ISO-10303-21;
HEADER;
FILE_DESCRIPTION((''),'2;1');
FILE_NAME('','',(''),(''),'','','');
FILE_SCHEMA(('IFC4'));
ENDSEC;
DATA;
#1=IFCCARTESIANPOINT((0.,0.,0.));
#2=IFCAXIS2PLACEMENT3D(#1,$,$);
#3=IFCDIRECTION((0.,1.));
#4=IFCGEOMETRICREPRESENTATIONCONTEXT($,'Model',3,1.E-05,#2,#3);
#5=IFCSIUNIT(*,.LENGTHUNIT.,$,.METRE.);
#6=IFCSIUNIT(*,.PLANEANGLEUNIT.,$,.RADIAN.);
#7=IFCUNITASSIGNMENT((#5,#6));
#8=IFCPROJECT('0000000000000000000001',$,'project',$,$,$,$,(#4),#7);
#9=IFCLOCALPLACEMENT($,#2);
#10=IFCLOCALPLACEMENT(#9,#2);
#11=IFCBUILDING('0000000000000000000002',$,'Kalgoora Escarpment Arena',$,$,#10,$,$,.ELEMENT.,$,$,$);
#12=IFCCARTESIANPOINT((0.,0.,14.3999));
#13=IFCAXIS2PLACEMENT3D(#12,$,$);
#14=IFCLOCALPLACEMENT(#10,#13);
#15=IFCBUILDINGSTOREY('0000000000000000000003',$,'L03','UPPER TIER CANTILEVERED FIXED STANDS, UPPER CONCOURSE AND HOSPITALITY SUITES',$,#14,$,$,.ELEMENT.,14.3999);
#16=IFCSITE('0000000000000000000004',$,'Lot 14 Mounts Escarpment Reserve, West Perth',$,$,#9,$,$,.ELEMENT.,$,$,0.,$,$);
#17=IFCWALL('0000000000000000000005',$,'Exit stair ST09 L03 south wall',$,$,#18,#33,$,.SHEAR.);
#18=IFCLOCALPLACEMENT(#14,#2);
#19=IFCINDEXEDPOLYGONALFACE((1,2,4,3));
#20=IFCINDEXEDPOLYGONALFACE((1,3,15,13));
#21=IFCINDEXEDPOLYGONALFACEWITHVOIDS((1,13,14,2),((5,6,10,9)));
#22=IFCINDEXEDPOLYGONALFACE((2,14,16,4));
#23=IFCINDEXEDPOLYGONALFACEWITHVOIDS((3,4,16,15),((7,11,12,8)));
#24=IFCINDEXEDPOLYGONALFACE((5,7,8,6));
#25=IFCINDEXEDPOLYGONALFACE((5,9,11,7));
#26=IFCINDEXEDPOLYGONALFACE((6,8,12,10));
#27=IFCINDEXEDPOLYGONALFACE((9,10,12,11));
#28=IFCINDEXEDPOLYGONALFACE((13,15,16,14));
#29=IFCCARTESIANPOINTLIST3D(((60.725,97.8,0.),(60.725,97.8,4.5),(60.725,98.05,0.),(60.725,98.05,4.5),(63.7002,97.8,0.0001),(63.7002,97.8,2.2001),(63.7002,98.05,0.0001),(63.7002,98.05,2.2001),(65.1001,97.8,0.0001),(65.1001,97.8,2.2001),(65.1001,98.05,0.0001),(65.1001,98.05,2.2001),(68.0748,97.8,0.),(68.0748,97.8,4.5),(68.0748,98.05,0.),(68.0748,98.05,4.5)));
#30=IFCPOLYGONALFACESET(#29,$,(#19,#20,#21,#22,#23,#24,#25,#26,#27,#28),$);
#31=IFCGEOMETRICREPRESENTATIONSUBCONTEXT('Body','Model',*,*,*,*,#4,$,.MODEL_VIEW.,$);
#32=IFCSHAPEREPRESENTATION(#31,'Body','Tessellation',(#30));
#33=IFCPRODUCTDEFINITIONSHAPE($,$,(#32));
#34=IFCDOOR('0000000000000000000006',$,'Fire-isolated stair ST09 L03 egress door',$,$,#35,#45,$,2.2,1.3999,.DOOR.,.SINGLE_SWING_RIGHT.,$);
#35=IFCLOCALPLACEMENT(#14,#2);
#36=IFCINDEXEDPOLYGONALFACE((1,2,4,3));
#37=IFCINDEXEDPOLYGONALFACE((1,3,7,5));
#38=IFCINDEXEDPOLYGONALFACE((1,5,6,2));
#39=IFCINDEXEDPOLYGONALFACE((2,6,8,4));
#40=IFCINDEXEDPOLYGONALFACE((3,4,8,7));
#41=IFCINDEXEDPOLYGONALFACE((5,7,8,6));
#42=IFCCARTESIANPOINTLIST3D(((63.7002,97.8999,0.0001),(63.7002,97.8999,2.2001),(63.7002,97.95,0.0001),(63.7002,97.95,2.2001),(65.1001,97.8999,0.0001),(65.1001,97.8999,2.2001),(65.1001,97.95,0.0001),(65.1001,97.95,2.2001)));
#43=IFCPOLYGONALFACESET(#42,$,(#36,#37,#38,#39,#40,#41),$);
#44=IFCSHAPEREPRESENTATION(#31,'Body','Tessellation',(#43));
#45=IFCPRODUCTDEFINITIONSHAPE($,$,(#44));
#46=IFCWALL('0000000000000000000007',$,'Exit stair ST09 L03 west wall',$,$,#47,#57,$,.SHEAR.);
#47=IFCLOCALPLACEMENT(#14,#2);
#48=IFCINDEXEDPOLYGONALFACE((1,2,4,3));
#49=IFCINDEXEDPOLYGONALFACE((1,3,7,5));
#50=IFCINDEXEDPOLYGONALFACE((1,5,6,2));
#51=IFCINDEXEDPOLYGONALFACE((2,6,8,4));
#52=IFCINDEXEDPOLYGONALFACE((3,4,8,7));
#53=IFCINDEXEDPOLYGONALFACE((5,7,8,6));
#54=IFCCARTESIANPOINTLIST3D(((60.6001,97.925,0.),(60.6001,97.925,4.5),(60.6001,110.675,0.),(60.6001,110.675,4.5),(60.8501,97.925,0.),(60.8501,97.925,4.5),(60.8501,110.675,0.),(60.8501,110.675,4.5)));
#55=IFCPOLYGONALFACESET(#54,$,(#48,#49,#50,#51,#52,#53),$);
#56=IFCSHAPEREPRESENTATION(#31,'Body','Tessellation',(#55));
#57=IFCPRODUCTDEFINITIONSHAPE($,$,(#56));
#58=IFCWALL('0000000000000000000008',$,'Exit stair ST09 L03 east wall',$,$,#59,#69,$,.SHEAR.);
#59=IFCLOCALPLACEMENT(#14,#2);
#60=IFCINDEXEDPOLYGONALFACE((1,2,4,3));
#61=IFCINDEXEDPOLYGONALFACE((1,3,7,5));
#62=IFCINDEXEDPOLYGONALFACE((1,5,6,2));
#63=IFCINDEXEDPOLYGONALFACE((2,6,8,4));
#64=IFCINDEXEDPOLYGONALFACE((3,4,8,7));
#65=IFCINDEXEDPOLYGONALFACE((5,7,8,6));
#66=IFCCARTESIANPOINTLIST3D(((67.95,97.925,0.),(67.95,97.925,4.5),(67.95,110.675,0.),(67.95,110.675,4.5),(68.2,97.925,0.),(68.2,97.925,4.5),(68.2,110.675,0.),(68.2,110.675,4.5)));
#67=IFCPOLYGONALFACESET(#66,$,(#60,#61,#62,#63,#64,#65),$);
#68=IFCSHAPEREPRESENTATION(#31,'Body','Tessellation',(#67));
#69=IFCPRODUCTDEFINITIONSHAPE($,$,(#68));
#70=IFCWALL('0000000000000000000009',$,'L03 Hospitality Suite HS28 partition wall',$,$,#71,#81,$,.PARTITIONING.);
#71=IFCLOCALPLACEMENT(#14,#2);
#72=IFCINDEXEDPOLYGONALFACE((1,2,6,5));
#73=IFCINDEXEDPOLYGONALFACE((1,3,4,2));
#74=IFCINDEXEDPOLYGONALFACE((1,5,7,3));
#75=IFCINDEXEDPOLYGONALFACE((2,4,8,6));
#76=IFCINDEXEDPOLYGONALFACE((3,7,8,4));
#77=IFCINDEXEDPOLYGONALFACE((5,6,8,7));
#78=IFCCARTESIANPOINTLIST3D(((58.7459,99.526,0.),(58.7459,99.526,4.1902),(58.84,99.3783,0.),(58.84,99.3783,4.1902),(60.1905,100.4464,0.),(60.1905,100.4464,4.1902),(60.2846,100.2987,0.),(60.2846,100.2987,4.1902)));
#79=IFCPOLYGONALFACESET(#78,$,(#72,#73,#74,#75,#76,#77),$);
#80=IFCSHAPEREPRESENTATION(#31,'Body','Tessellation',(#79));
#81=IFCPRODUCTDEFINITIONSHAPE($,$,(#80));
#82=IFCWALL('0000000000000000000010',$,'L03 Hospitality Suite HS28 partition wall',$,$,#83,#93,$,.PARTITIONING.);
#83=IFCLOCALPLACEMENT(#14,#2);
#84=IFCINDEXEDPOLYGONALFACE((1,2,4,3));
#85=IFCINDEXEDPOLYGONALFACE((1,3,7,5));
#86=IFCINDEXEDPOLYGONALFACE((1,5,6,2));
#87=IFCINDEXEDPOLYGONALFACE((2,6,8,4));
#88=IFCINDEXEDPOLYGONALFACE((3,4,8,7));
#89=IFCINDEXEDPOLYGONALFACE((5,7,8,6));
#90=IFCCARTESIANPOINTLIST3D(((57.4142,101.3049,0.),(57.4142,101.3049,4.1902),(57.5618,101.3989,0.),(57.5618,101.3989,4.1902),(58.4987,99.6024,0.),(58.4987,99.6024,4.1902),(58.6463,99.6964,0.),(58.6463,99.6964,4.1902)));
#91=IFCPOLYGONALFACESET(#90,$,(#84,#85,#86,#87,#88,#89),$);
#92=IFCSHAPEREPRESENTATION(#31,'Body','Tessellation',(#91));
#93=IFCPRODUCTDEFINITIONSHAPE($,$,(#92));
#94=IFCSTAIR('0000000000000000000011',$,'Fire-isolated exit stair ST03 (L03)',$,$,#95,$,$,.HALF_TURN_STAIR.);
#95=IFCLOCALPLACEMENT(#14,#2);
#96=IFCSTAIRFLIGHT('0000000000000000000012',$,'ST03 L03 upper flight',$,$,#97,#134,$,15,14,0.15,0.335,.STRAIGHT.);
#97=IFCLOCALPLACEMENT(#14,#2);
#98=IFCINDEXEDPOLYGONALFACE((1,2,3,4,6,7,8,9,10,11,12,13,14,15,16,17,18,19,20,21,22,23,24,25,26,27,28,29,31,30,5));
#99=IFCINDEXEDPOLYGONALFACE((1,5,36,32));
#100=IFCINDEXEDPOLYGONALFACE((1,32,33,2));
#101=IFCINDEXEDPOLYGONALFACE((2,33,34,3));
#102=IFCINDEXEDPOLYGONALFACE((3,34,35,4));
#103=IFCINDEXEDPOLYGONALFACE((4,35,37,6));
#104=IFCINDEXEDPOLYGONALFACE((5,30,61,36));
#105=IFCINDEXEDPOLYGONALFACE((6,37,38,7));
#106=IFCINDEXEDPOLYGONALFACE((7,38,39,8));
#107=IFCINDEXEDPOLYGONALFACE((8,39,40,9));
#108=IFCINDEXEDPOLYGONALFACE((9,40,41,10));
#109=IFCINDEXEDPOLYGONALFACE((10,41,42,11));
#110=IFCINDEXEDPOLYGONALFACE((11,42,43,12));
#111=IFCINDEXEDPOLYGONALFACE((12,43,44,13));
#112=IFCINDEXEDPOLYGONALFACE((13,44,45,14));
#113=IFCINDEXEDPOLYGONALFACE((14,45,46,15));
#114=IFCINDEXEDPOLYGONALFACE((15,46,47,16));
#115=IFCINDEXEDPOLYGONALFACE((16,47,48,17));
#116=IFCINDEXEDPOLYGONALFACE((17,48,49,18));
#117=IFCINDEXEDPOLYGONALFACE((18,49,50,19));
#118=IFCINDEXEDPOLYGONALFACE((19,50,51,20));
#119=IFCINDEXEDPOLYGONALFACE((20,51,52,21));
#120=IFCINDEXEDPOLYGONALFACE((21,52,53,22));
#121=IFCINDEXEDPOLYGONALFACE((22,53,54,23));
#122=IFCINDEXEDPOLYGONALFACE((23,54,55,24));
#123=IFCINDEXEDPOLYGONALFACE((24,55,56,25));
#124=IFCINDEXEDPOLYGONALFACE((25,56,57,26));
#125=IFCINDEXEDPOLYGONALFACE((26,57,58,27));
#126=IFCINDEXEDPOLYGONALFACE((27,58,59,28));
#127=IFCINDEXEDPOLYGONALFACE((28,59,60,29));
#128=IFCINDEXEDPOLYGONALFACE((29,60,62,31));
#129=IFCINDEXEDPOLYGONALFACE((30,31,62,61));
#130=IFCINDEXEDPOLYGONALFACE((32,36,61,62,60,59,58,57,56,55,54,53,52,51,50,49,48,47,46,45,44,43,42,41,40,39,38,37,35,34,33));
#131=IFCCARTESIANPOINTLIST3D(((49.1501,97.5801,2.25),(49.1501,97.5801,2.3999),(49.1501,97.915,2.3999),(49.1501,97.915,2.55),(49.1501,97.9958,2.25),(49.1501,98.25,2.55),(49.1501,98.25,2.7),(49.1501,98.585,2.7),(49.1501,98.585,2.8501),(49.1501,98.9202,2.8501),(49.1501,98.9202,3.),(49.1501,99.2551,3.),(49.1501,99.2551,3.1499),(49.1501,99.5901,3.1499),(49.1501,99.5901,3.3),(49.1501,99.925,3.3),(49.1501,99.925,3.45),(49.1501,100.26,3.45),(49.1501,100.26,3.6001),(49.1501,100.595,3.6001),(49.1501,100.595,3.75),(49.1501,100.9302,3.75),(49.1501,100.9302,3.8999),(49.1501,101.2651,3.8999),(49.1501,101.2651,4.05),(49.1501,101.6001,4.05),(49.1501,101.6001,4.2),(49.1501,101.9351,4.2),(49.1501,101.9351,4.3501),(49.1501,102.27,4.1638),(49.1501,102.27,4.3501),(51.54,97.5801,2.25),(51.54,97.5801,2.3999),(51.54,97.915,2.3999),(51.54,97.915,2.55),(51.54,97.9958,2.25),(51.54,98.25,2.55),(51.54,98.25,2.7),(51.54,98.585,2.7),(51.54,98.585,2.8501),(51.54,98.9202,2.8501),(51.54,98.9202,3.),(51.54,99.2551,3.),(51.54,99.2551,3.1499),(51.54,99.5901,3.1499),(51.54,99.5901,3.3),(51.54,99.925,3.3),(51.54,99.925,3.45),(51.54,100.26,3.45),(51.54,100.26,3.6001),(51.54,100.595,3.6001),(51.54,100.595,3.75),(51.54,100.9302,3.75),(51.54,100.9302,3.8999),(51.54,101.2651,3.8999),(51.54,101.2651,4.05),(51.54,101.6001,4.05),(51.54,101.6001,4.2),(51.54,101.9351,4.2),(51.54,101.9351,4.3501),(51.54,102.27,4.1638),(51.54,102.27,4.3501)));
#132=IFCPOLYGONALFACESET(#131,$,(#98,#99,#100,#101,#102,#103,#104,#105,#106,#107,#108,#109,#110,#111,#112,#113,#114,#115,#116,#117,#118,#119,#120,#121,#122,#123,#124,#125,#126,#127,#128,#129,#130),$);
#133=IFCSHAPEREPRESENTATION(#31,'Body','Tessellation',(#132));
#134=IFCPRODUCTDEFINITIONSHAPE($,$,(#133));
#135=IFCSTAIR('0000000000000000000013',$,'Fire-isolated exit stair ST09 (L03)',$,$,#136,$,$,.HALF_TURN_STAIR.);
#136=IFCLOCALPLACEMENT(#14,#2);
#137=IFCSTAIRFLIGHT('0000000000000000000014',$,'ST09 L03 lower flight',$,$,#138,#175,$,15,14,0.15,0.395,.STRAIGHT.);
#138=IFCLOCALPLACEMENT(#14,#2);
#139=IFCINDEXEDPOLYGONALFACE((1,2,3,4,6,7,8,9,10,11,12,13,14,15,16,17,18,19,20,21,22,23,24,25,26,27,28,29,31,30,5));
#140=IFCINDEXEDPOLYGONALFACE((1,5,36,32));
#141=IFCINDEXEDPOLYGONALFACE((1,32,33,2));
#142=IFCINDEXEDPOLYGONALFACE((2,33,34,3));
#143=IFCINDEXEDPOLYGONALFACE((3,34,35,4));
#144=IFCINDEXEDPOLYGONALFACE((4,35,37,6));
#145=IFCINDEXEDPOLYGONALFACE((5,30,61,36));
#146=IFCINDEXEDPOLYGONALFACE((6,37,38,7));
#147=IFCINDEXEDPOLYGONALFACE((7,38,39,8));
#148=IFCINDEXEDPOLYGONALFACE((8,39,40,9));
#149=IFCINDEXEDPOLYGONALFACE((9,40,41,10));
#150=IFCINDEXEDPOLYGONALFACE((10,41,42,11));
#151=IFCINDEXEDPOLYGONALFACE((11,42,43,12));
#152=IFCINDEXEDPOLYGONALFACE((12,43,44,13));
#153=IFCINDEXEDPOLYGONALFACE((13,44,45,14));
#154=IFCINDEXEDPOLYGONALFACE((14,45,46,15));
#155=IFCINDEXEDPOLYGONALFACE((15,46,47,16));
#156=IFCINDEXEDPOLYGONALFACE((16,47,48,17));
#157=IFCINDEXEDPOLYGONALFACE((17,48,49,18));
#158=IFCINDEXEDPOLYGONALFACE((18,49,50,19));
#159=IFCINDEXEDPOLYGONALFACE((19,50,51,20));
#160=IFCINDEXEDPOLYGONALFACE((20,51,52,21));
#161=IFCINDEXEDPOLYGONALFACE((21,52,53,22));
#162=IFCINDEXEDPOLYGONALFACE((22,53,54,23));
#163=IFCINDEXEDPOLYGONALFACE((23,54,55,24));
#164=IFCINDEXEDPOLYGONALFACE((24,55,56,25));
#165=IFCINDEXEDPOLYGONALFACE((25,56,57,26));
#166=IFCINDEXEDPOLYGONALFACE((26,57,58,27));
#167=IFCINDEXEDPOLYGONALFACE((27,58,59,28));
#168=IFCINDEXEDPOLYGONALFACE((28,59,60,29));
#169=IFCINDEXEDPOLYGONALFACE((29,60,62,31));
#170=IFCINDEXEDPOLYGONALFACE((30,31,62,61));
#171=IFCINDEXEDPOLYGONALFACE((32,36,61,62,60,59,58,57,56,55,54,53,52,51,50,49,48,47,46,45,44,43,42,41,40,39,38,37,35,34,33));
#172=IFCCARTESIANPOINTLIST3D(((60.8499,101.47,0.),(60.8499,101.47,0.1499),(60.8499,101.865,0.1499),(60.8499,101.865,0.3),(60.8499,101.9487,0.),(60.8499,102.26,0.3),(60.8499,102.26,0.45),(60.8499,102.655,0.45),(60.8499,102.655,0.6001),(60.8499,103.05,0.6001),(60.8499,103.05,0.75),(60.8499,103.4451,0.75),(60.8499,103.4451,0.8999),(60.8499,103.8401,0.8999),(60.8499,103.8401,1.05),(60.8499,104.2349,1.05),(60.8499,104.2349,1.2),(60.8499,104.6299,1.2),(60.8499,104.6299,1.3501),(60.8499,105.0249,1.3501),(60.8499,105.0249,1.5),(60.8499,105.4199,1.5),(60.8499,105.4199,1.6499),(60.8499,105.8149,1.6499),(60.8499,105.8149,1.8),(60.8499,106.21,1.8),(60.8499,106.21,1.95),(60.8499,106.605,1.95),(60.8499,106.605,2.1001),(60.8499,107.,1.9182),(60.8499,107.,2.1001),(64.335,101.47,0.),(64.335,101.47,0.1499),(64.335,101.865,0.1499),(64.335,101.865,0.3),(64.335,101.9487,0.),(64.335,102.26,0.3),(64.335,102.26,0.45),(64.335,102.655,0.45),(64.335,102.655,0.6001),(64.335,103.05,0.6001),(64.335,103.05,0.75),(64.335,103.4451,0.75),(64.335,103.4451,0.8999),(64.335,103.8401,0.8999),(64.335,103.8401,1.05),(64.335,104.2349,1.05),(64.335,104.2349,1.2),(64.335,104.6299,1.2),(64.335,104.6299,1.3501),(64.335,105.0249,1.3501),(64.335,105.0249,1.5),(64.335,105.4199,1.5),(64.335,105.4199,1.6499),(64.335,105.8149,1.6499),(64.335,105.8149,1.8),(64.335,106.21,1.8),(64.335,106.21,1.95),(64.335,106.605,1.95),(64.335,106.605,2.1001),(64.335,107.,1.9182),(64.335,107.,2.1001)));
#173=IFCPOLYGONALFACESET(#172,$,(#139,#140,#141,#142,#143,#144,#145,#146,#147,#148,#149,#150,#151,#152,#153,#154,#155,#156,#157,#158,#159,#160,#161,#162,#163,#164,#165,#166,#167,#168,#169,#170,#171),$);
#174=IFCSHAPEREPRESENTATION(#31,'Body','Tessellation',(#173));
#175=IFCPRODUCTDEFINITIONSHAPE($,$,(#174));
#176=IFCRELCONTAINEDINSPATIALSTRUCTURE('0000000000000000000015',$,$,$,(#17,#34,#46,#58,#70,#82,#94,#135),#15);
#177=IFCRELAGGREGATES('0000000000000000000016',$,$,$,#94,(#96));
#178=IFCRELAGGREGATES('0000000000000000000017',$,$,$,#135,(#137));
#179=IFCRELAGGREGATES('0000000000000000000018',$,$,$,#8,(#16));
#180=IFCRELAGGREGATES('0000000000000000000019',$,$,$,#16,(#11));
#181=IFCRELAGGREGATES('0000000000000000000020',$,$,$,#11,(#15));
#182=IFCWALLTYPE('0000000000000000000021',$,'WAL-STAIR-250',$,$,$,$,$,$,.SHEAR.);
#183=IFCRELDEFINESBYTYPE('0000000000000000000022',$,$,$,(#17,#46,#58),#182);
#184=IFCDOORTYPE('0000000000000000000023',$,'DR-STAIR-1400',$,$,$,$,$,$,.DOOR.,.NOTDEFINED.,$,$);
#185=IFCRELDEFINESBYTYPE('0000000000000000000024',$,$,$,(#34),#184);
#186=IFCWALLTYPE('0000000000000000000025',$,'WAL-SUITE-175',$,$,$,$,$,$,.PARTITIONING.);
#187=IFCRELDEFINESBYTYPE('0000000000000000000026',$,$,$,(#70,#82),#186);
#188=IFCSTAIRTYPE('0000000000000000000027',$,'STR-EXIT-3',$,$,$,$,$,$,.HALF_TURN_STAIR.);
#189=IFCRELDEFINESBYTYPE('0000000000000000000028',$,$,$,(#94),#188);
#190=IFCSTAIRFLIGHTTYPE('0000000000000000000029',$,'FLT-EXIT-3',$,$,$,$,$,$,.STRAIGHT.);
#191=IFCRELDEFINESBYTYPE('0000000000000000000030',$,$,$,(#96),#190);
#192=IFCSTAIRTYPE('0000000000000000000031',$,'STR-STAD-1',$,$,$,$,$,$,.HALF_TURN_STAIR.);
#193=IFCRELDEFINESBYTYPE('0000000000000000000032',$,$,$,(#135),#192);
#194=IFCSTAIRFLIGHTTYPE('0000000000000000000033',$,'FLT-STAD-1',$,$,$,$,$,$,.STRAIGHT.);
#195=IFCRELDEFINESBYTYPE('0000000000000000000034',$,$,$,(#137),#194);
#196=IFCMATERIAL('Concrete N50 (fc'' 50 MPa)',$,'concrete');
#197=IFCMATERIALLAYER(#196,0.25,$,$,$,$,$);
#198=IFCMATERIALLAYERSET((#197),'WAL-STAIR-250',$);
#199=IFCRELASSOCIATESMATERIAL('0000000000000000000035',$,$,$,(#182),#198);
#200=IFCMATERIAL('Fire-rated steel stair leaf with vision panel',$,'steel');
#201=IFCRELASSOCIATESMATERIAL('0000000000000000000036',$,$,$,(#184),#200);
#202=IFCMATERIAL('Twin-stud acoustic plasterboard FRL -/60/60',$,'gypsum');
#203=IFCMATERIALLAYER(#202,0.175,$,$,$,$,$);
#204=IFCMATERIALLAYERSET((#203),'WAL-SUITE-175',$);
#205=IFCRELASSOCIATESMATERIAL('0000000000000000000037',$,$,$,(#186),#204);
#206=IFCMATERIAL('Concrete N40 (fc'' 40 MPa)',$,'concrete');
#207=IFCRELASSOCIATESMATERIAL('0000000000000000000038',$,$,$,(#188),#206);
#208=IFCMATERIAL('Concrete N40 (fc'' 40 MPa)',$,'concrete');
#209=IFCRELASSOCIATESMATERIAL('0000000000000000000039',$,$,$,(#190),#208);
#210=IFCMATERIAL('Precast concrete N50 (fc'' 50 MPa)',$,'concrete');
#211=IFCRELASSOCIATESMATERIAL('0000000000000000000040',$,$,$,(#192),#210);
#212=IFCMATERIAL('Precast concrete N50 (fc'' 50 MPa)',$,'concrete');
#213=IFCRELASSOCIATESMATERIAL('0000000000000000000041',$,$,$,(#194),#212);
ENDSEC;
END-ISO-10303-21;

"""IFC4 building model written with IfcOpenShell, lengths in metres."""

from ifc_helpers import new_model, si_unit, direction, frame, frame_2d, origin, place, context, subcontext, project, spatial, polyline, rectangle, outline, extrude, material, layer, layer_set, type_object, element, fill, aggregate, save


model = new_model("IFC4")

# Units and contexts
model_context = context("Model", 3, precision=1e-05, world=origin(), true_north=direction((0.0, 1.0)))
body_context = subcontext(model_context, "Body", "Model", "MODEL_VIEW")
ifc_project = project(units=[si_unit("LENGTHUNIT", "METRE"), si_unit("PLANEANGLEUNIT", "RADIAN")], contexts=[model_context])

# Site, building, storey
site_placement = place(None, origin())
site = spatial("IfcSite", under=ifc_project, at=site_placement, Name="Lot 14 Mounts Escarpment Reserve, West Perth", CompositionType="ELEMENT", RefElevation=0.0)
building_placement = place(site_placement, origin())
building = spatial("IfcBuilding", under=site, at=building_placement, Name="Kalgoora Escarpment Arena", CompositionType="ELEMENT")
storey_placement = place(building_placement, frame((0.0, 0.0, 14.3999)))
storey = spatial("IfcBuildingStorey", under=building, at=storey_placement, Name="L03", Description="UPPER TIER CANTILEVERED FIXED STANDS, UPPER CONCOURSE AND HOSPITALITY SUITES", CompositionType="ELEMENT", Elevation=14.3999)

# Wall, opening, door
ifc_material_1 = material(Name="Concrete N50 (fc' 50 MPa)", Category="concrete")
ifc_layer_1 = layer(ifc_material_1, 0.25)
ifc_layer_set_1 = layer_set([ifc_layer_1], Name="WAL-STAIR-250")
wall_type_1 = type_object("IfcWallType", Name="WAL-STAIR-250", PredefinedType="SHEAR", material=ifc_layer_set_1)
wall_1_placement = place(storey_placement, frame((60.7251, 97.925, 0.0), z_axis=(0.0, 0.0, 1.0), x_axis=(1.0, 0.0, 0.0)))
wall_1 = element("IfcWall", 1, at=wall_1_placement, inside=storey, type_object=wall_type_1, Name="Exit stair ST09 L03 south wall", PredefinedType="SHEAR", context=body_context, shape_type="SweptSolid", body=[
    extrude(rectangle(XDim=7.3499, YDim=0.25, at=frame_2d((3.6748, 0.0))), origin(), (0.0, 0.0, 1.0), 4.5),
])
opening_1_placement = place(wall_1_placement, frame((2.9751, 0.0, 0.0)))
opening_1 = element("IfcOpeningElement", 2, at=opening_1_placement, cuts=wall_1, PredefinedType="OPENING", context=body_context, shape_type="SweptSolid", body=[
    extrude(rectangle(XDim=1.3999, YDim=2.2, at=frame_2d((0.7, 1.1001))), frame((0.0, 0.135, 0.0), z_axis=(0.0, -1.0, 0.0), x_axis=(1.0, 0.0, 0.0)), (0.0, 0.0, 1.0), 0.27),
])
ifc_material_2 = material(Name="Fire-rated steel stair leaf with vision panel", Category="steel")
door_type_1 = type_object("IfcDoorType", Name="DR-STAIR-1400", OperationType="NOTDEFINED", PredefinedType="DOOR", material=ifc_material_2)
door_1_placement = place(opening_1_placement, origin())
door_1 = element("IfcDoor", 3, at=door_1_placement, inside=storey, type_object=door_type_1, Name="Fire-isolated stair ST09 L03 egress door", OperationType="SINGLE_SWING_RIGHT", OverallHeight=2.2, OverallWidth=1.3999, PredefinedType="DOOR", context=body_context, shape_type="SweptSolid", body=[
    extrude(rectangle(XDim=1.3999, YDim=2.2, at=frame_2d((0.7, 1.1001))), frame((0.0, 0.0249, 0.0), z_axis=(0.0, -1.0, 0.0), x_axis=(1.0, 0.0, 0.0)), (0.0, 0.0, 1.0), 0.05),
])
fill(opening_1, door_1)

# Walls
for number, where, z_axis, x_axis, name in (
    (4, (60.7251, 97.925, 0.0), (0.0, 0.0, 1.0), (0.0, 1.0, 0.0), "Exit stair ST09 L03 west wall"),
    (5, (68.075, 97.925, 0.0), (0.0, 0.0, 1.0), (0.0, 1.0, 0.0), "Exit stair ST09 L03 east wall"),
):
    element("IfcWall", number, at=place(storey_placement, frame(where, z_axis=z_axis, x_axis=x_axis)), inside=storey, type_object=wall_type_1, Name=name, PredefinedType="SHEAR", context=body_context, shape_type="SweptSolid", body=[
        extrude(rectangle(XDim=12.75, YDim=0.25, at=frame_2d((6.375, 0.0))), origin(), (0.0, 0.0, 1.0), 4.5),
    ])
ifc_material_3 = material(Name="Twin-stud acoustic plasterboard FRL -/60/60", Category="gypsum")
ifc_layer_2 = layer(ifc_material_3, 0.175)
ifc_layer_set_2 = layer_set([ifc_layer_2], Name="WAL-SUITE-175")
wall_type_2 = type_object("IfcWallType", Name="WAL-SUITE-175", PredefinedType="PARTITIONING", material=ifc_layer_set_2)
wall_2_placement = place(storey_placement, frame((60.2375, 100.3726, 0.0), z_axis=(0.0, 0.0, 1.0), x_axis=(-0.843362, -0.537346, 0.0)))
element("IfcWall", 6, at=wall_2_placement, inside=storey, type_object=wall_type_2, Name="L03 Hospitality Suite HS28 partition wall", PredefinedType="PARTITIONING", context=body_context, shape_type="SweptSolid", body=[
    extrude(rectangle(XDim=1.7129, YDim=0.175, at=frame_2d((0.8564, 0.0))), origin(), (0.0, 0.0, 1.0), 4.1902),
])
wall_3_placement = place(storey_placement, frame((58.5725, 99.6494, 0.0), z_axis=(0.0, 0.0, 1.0), x_axis=(-0.537275, 0.843407, 0.0)))
element("IfcWall", 7, at=wall_3_placement, inside=storey, type_object=wall_type_2, Name="L03 Hospitality Suite HS28 partition wall", PredefinedType="PARTITIONING", context=body_context, shape_type="SweptSolid", body=[
    extrude(rectangle(XDim=2.0186, YDim=0.175, at=frame_2d((1.0093, 0.0))), origin(), (0.0, 0.0, 1.0), 4.1902),
])

# Stairs, stair flights
ifc_material_4 = material(Name="Concrete N40 (fc' 40 MPa)", Category="concrete")
stair_type_1 = type_object("IfcStairType", Name="STR-EXIT-3", PredefinedType="HALF_TURN_STAIR", material=ifc_material_4)
stair_1_placement = place(storey_placement, origin())
stair_1 = element("IfcStair", 8, at=stair_1_placement, inside=storey, type_object=stair_type_1, Name="Fire-isolated exit stair ST03 (L03)", PredefinedType="HALF_TURN_STAIR")
ifc_material_5 = material(Name="Concrete N40 (fc' 40 MPa)", Category="concrete")
stair_flight_type_1 = type_object("IfcStairFlightType", Name="FLT-EXIT-3", PredefinedType="STRAIGHT", material=ifc_material_5)
stair_flight_1_placement = place(storey_placement, frame((50.345, 97.5801, 2.25), z_axis=(0.0, 0.0, 1.0), x_axis=(0.0, 1.0, 0.0)))
stair_flight_1 = element("IfcStairFlight", 9, at=stair_flight_1_placement, type_object=stair_flight_type_1, Name="ST03 L03 upper flight", NumberOfRisers=15, NumberOfTreads=14, PredefinedType="STRAIGHT", RiserHeight=0.15, TreadLength=0.335, context=body_context, shape_type="SweptSolid", body=[
    extrude(outline(polyline([(0.0, 0.0), (0.0, 0.1499), (0.335, 0.1499), (0.335, 0.3), (0.6699, 0.3), (0.6699, 0.45), (1.0049, 0.45), (1.0049, 0.6001), (1.3401, 0.6001), (1.3401, 0.75), (1.675, 0.75), (1.675, 0.8999), (2.01, 0.8999), (2.01, 1.05), (2.345, 1.05), (2.345, 1.2), (2.6799, 1.2), (2.6799, 1.3501), (3.0149, 1.3501), (3.0149, 1.5), (3.3501, 1.5), (3.3501, 1.6499), (3.6851, 1.6499), (3.6851, 1.8), (4.02, 1.8), (4.02, 1.95), (4.355, 1.95), (4.355, 2.1001), (4.6899, 2.1001), (4.6899, 2.25), (4.6899, 1.9138), (0.4158, 0.0), (0.0, 0.0)])), frame((0.0, 1.1948, 0.0), z_axis=(0.0, -1.0, 0.0), x_axis=(1.0, 0.0, 0.0)), (0.0, 0.0, 1.0), 2.3899),
])
aggregate(stair_1, [stair_flight_1])
ifc_material_6 = material(Name="Precast concrete N50 (fc' 50 MPa)", Category="concrete")
stair_type_2 = type_object("IfcStairType", Name="STR-STAD-1", PredefinedType="HALF_TURN_STAIR", material=ifc_material_6)
stair_2_placement = place(storey_placement, origin())
stair_2 = element("IfcStair", 10, at=stair_2_placement, inside=storey, type_object=stair_type_2, Name="Fire-isolated exit stair ST09 (L03)", PredefinedType="HALF_TURN_STAIR")
ifc_material_7 = material(Name="Precast concrete N50 (fc' 50 MPa)", Category="concrete")
stair_flight_type_2 = type_object("IfcStairFlightType", Name="FLT-STAD-1", PredefinedType="STRAIGHT", material=ifc_material_7)
stair_flight_2_placement = place(storey_placement, frame((62.5925, 101.47, 0.0), z_axis=(0.0, 0.0, 1.0), x_axis=(0.0, 1.0, 0.0)))
stair_flight_2 = element("IfcStairFlight", 11, at=stair_flight_2_placement, type_object=stair_flight_type_2, Name="ST09 L03 lower flight", NumberOfRisers=15, NumberOfTreads=14, PredefinedType="STRAIGHT", RiserHeight=0.15, TreadLength=0.395, context=body_context, shape_type="SweptSolid", body=[
    extrude(outline(polyline([(0.0, 0.0), (0.0, 0.1499), (0.395, 0.1499), (0.395, 0.3), (0.79, 0.3), (0.79, 0.45), (1.1851, 0.45), (1.1851, 0.6001), (1.5801, 0.6001), (1.5801, 0.75), (1.9751, 0.75), (1.9751, 0.8999), (2.3701, 0.8999), (2.3701, 1.05), (2.7649, 1.05), (2.7649, 1.2), (3.1599, 1.2), (3.1599, 1.3501), (3.5549, 1.3501), (3.5549, 1.5), (3.95, 1.5), (3.95, 1.6499), (4.345, 1.6499), (4.345, 1.8), (4.74, 1.8), (4.74, 1.95), (5.135, 1.95), (5.135, 2.1001), (5.53, 2.1001), (5.53, 2.25), (5.53, 1.9182), (0.4788, 0.0), (0.0, 0.0)])), frame((0.0, 1.7427, 0.0), z_axis=(0.0, -1.0, 0.0), x_axis=(1.0, 0.0, 0.0)), (0.0, 0.0, 1.0), 3.4851),
])
aggregate(stair_2, [stair_flight_2])

save(model, "model.ifc")
